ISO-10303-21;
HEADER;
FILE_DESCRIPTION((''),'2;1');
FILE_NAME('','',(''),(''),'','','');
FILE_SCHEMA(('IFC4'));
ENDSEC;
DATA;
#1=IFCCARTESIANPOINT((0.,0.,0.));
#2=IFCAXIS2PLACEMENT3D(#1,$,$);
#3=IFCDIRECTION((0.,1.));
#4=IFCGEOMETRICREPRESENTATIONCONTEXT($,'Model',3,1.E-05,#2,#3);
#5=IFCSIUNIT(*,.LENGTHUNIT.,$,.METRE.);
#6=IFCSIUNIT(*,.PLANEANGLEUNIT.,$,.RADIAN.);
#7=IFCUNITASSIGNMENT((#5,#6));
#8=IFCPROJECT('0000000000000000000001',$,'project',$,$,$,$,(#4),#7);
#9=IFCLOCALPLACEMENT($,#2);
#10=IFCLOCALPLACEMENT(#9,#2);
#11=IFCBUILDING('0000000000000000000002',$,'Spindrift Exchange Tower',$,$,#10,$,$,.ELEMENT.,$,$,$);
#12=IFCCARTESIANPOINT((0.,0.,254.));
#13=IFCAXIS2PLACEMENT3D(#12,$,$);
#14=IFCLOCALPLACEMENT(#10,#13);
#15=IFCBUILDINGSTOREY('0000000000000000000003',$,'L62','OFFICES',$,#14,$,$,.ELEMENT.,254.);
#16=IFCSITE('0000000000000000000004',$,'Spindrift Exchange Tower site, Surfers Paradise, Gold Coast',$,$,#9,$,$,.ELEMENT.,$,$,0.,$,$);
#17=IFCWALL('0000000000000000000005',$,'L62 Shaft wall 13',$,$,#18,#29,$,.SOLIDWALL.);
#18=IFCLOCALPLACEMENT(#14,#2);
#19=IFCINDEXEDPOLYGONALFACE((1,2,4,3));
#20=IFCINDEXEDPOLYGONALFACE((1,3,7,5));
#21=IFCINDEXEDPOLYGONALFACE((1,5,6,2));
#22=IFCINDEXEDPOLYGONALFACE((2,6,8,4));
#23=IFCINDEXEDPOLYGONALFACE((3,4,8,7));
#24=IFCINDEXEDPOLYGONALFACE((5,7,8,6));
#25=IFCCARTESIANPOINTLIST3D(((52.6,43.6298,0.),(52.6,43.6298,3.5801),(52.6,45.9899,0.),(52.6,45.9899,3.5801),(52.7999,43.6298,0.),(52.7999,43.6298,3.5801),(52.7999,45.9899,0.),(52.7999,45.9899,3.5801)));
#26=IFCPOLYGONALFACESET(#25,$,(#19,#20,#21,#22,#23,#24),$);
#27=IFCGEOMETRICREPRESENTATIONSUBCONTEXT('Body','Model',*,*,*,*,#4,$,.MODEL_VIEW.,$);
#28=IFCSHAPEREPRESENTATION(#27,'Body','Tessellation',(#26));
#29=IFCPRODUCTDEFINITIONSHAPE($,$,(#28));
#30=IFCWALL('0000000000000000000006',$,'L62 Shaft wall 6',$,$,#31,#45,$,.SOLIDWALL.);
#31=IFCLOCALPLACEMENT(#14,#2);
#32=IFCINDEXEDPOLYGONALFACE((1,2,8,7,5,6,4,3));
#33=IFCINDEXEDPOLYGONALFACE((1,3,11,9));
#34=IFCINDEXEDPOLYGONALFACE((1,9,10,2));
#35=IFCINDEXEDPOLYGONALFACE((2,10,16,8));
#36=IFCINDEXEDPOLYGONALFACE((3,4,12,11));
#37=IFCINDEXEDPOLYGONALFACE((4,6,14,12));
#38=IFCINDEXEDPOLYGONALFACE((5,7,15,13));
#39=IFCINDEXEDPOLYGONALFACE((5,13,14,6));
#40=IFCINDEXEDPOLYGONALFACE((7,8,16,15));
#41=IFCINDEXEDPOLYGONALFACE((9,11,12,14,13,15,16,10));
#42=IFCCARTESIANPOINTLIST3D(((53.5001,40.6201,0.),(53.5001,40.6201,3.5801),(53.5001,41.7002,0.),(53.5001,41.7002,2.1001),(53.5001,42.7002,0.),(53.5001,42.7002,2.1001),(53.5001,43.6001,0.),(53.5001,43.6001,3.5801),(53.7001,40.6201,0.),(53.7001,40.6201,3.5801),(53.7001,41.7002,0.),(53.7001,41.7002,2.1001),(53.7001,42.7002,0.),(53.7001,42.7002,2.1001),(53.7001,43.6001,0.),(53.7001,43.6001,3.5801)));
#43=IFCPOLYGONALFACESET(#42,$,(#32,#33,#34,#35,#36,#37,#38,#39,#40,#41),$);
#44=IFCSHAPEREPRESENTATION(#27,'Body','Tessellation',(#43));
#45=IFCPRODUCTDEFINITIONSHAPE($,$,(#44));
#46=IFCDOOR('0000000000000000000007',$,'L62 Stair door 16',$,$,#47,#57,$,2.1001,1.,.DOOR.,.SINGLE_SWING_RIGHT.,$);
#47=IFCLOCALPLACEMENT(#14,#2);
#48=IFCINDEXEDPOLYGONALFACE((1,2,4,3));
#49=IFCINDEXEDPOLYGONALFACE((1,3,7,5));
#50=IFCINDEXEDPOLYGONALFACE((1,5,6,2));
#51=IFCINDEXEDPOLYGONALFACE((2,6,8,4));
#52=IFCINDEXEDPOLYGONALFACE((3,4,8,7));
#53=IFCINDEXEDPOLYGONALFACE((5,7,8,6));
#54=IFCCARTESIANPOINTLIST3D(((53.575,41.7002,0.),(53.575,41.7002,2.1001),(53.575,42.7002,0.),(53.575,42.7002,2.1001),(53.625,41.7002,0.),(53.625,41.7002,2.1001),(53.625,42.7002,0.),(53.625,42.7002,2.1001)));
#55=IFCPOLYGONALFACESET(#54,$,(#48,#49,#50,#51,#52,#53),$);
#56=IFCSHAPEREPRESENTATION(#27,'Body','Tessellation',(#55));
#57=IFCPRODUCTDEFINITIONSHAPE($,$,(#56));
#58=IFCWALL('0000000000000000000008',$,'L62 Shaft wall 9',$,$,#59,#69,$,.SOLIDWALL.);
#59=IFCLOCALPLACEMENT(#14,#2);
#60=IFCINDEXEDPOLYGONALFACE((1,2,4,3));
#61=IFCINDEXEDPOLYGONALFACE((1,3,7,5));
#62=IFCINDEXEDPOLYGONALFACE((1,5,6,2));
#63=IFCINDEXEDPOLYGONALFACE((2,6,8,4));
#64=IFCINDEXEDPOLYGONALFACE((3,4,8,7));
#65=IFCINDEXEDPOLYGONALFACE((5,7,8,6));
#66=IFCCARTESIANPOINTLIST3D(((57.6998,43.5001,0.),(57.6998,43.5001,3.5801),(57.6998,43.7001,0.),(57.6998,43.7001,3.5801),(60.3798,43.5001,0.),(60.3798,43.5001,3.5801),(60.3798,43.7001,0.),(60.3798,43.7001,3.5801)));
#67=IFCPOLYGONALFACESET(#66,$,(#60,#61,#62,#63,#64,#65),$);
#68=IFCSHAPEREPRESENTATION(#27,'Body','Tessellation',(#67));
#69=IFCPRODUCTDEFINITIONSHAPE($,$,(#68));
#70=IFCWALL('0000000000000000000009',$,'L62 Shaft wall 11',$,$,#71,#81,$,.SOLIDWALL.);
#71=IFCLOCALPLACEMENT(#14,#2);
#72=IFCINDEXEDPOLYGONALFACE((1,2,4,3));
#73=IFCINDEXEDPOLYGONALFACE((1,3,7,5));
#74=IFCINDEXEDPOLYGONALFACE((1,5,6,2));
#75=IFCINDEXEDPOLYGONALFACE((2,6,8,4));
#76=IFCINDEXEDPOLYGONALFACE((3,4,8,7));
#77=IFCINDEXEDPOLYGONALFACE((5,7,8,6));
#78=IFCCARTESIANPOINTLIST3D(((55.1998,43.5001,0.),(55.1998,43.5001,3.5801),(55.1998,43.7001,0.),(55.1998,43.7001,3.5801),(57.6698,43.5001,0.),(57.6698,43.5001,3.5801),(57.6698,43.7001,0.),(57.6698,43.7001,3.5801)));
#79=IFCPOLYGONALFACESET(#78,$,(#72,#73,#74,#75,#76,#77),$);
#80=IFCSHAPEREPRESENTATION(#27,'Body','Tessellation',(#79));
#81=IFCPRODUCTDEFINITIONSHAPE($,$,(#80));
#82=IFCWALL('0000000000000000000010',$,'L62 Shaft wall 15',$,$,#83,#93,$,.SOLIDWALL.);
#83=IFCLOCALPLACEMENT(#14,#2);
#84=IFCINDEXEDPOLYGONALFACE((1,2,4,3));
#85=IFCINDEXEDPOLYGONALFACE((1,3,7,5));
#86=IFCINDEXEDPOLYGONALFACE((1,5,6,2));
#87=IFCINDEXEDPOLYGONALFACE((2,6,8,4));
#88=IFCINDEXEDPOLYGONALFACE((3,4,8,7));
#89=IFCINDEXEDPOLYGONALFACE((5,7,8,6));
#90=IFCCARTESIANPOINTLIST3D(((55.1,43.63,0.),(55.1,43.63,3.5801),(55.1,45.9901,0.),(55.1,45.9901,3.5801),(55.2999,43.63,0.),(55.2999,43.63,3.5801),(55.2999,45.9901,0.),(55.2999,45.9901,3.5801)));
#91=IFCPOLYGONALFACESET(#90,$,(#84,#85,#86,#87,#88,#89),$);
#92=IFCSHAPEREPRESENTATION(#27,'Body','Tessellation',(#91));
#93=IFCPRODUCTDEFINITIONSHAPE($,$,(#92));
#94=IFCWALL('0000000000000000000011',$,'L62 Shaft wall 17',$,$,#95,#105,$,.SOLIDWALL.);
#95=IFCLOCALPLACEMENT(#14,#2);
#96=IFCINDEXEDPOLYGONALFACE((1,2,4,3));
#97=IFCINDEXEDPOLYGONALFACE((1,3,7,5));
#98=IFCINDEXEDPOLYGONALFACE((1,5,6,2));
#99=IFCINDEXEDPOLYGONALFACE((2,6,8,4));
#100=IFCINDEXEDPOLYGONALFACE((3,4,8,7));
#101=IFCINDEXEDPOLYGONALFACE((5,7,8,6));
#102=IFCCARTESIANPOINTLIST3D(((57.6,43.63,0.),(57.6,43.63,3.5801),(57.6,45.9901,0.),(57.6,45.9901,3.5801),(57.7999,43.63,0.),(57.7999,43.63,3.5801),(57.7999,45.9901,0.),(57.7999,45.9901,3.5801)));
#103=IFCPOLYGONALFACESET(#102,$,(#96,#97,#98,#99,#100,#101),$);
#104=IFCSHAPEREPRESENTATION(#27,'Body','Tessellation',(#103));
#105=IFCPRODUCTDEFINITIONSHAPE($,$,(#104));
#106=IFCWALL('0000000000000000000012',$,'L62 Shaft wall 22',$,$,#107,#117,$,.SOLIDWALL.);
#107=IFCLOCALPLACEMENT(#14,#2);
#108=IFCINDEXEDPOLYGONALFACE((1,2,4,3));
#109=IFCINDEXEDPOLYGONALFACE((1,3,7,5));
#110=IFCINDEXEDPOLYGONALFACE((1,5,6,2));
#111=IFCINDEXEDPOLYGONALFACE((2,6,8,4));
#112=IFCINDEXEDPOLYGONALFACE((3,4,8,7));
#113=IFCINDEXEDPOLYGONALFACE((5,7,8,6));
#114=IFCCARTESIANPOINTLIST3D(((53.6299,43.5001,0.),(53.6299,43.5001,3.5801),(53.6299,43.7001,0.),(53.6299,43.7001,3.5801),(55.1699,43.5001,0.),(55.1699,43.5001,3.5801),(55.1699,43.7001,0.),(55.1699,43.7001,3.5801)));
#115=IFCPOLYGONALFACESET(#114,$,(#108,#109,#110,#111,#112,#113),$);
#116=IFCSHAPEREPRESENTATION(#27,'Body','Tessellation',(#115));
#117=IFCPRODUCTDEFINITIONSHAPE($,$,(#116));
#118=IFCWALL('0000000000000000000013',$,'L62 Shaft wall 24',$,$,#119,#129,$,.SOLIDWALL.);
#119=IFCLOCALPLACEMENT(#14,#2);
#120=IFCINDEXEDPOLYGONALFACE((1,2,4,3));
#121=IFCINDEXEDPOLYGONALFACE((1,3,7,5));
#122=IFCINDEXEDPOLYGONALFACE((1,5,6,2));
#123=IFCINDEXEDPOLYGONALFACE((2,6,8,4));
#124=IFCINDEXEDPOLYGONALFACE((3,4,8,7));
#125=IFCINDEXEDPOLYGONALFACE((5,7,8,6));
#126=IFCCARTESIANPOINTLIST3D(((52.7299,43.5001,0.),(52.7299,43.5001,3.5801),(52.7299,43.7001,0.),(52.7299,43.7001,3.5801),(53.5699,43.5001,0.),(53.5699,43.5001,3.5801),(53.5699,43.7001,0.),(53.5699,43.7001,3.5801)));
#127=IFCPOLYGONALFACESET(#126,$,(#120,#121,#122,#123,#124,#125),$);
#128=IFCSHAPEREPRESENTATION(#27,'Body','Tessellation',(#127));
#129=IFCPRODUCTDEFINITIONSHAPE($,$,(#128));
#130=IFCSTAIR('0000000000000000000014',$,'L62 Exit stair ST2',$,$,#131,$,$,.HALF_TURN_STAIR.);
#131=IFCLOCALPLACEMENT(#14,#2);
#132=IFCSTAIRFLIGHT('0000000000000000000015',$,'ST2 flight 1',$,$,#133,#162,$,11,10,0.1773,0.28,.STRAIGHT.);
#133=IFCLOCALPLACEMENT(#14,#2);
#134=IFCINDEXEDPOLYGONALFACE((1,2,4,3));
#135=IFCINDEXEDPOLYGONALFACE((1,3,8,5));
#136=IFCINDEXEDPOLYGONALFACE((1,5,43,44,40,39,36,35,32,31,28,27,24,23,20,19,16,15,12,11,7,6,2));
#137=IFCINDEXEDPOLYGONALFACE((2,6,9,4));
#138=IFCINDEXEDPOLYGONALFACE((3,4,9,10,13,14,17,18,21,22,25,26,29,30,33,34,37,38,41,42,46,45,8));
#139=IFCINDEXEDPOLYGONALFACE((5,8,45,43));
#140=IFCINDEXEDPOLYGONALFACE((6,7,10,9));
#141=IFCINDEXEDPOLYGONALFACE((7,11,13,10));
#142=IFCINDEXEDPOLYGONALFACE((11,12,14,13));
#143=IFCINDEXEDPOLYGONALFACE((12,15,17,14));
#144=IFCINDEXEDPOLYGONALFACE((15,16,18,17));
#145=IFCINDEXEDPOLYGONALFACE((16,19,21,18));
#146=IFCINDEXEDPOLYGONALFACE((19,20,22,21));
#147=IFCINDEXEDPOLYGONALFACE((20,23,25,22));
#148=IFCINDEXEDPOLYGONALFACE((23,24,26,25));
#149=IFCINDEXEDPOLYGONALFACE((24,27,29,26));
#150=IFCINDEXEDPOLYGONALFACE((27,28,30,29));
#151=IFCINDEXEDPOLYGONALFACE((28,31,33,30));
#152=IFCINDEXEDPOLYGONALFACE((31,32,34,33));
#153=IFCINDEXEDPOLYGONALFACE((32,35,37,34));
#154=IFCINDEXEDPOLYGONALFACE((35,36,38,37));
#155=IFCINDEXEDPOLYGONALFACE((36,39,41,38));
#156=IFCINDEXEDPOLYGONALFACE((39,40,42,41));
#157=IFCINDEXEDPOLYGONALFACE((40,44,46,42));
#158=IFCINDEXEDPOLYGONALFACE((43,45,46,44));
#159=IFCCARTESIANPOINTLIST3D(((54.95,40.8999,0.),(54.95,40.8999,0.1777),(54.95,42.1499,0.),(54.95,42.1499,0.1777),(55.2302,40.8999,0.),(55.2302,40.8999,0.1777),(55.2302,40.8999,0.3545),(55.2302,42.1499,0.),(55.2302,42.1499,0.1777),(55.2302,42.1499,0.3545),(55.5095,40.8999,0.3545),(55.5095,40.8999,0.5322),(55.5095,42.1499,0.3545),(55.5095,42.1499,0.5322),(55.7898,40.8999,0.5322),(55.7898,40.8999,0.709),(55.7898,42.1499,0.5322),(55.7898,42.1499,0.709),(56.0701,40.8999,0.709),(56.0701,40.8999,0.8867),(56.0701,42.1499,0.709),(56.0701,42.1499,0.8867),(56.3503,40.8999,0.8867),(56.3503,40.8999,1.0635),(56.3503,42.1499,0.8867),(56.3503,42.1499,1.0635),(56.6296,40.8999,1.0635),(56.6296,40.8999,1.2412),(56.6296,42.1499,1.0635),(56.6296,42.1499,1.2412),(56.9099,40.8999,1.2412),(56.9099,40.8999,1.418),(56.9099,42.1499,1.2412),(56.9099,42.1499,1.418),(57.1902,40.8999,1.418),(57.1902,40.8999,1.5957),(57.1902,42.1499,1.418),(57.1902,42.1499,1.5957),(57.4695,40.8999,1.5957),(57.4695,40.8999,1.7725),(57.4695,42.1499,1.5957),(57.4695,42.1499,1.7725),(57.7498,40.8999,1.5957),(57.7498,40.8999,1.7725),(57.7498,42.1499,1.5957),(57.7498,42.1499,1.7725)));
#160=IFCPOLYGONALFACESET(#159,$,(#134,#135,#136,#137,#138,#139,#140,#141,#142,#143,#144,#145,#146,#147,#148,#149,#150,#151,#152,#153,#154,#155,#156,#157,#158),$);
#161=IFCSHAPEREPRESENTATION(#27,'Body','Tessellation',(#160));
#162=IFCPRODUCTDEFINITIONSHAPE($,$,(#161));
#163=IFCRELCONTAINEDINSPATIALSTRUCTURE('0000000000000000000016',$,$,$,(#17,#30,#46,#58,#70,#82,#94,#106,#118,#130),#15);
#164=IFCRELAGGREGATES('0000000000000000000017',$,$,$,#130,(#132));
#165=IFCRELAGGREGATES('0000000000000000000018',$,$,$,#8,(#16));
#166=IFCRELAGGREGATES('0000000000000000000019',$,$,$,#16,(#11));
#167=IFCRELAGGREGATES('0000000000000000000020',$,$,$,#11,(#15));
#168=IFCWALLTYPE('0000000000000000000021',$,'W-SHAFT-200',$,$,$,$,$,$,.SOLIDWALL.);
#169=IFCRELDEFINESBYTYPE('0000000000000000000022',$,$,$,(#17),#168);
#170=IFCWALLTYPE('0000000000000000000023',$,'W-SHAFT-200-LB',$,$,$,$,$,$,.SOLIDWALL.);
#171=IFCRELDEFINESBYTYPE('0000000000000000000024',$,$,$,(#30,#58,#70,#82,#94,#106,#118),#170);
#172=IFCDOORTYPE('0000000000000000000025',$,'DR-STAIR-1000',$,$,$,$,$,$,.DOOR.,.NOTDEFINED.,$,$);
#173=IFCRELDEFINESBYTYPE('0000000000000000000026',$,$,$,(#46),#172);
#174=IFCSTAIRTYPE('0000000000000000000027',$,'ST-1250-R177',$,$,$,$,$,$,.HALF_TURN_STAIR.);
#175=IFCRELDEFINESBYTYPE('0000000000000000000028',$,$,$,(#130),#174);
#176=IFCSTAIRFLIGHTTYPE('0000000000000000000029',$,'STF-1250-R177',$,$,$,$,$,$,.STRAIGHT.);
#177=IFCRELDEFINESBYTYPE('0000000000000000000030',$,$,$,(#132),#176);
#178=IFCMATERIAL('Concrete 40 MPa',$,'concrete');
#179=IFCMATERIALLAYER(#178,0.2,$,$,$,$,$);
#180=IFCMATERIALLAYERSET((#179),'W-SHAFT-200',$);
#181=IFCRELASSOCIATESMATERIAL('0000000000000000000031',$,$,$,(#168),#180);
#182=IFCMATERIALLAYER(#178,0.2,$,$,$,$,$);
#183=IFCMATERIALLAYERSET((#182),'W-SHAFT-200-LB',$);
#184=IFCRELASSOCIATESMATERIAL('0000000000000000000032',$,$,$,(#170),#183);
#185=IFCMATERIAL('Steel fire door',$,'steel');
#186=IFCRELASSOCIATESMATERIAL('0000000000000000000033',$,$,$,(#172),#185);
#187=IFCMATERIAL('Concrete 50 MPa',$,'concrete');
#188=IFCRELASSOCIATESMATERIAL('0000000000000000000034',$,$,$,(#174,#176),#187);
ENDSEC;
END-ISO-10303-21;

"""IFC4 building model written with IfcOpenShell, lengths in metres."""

from ifc_helpers import new_model, si_unit, direction, frame, frame_2d, origin, place, context, subcontext, project, spatial, line, indexed_curve, rectangle, outline, extrude, source, transform, mapped, material, layer, layer_set, type_object, element, fill, aggregate, save


model = new_model("IFC4")

# Units and contexts
model_context = context("Model", 3, precision=1e-05, world=origin(), true_north=direction((0.0, 1.0)))
body_context = subcontext(model_context, "Body", "Model", "MODEL_VIEW")
ifc_project = project(units=[si_unit("LENGTHUNIT", "METRE"), si_unit("PLANEANGLEUNIT", "RADIAN")], contexts=[model_context])

# Site, building, storey
site_placement = place(None, origin())
site = spatial("IfcSite", under=ifc_project, at=site_placement, Name="Spindrift Exchange Tower site, Surfers Paradise, Gold Coast", CompositionType="ELEMENT", RefElevation=0.0)
building_placement = place(site_placement, origin())
building = spatial("IfcBuilding", under=site, at=building_placement, Name="Spindrift Exchange Tower", CompositionType="ELEMENT")
storey_placement = place(building_placement, frame((0.0, 0.0, 254.0)))
storey = spatial("IfcBuildingStorey", under=building, at=storey_placement, Name="L62", Description="OFFICES", CompositionType="ELEMENT", Elevation=254.0)

# Shared definitions
ifc_material_1 = material(Name="Concrete 50 MPa", Category="concrete")

# Wall
ifc_material_2 = material(Name="Concrete 40 MPa", Category="concrete")
ifc_layer_1 = layer(ifc_material_2, 0.2)
ifc_layer_set_1 = layer_set([ifc_layer_1], Name="W-SHAFT-200")
wall_type_1 = type_object("IfcWallType", Name="W-SHAFT-200", PredefinedType="SOLIDWALL", material=ifc_layer_set_1)
wall_1_placement = place(storey_placement, frame((52.7, 45.99, 0.0), z_axis=(0.0, 0.0, 1.0), x_axis=(0.0, -1.0, 0.0)))
element("IfcWall", 1, at=wall_1_placement, inside=storey, type_object=wall_type_1, Name="L62 Shaft wall 13", PredefinedType="SOLIDWALL", context=body_context, shape_type="SweptSolid", body=[
    extrude(rectangle(XDim=2.3601, YDim=0.2, at=frame_2d((1.1802, 0.0))), origin(), (0.0, 0.0, 1.0), 3.5801),
])

# Wall, opening, door
ifc_layer_2 = layer(ifc_material_2, 0.2)
ifc_layer_set_2 = layer_set([ifc_layer_2], Name="W-SHAFT-200-LB")
wall_type_2 = type_object("IfcWallType", Name="W-SHAFT-200-LB", PredefinedType="SOLIDWALL", material=ifc_layer_set_2)
wall_2_placement = place(storey_placement, frame((53.6001, 43.6001, 0.0), z_axis=(0.0, 0.0, 1.0), x_axis=(0.0, -1.0, 0.0)))
wall_2 = element("IfcWall", 2, at=wall_2_placement, inside=storey, type_object=wall_type_2, Name="L62 Shaft wall 6", PredefinedType="SOLIDWALL", context=body_context, shape_type="SweptSolid", body=[
    extrude(rectangle(XDim=2.98, YDim=0.2, at=frame_2d((1.49, 0.0))), origin(), (0.0, 0.0, 1.0), 3.5801),
])
opening_1_placement = place(wall_2_placement, frame((0.8999, 0.0, 0.0)))
opening_1 = element("IfcOpeningElement", 3, at=opening_1_placement, cuts=wall_2, PredefinedType="OPENING", context=body_context, shape_type="SweptSolid", body=[
    extrude(rectangle(XDim=1.0, YDim=2.1001, at=frame_2d((0.5, 1.05))), frame((0.0, 0.1099, 0.0), z_axis=(0.0, -1.0, 0.0), x_axis=(1.0, 0.0, 0.0)), (0.0, 0.0, 1.0), 0.22),
])
ifc_material_3 = material(Name="Steel fire door", Category="steel")
door_type_1 = type_object("IfcDoorType", Name="DR-STAIR-1000", OperationType="NOTDEFINED", PredefinedType="DOOR", material=ifc_material_3)
shared_shape_1 = source(origin(), body_context, "Body", "SweptSolid", [
    extrude(rectangle(XDim=1.0, YDim=2.1001, at=frame_2d((0.5, 1.05))), frame((0.0, 0.0249, 0.0), z_axis=(0.0, -1.0, 0.0), x_axis=(1.0, 0.0, 0.0)), (0.0, 0.0, 1.0), 0.05),
])
door_1_placement = place(opening_1_placement, origin())
door_1 = element("IfcDoor", 4, at=door_1_placement, inside=storey, type_object=door_type_1, Name="L62 Stair door 16", OperationType="SINGLE_SWING_RIGHT", OverallHeight=2.1001, OverallWidth=1.0, PredefinedType="DOOR", context=body_context, shape_type="MappedRepresentation", body=[
    mapped(shared_shape_1, transform((0.0, 0.0, 0.0), scale=1.0)),
])
fill(opening_1, door_1)

# Walls
wall_3_placement = place(storey_placement, frame((57.7, 43.6001, 0.0), z_axis=(0.0, 0.0, 1.0), x_axis=(1.0, 0.0, 0.0)))
element("IfcWall", 5, at=wall_3_placement, inside=storey, type_object=wall_type_2, Name="L62 Shaft wall 9", PredefinedType="SOLIDWALL", context=body_context, shape_type="SweptSolid", body=[
    extrude(rectangle(XDim=2.6799, YDim=0.2, at=frame_2d((1.3398, 0.0))), origin(), (0.0, 0.0, 1.0), 3.5801),
])
wall_4_placement = place(storey_placement, frame((55.2, 43.6001, 0.0), z_axis=(0.0, 0.0, 1.0), x_axis=(1.0, 0.0, 0.0)))
element("IfcWall", 6, at=wall_4_placement, inside=storey, type_object=wall_type_2, Name="L62 Shaft wall 11", PredefinedType="SOLIDWALL", context=body_context, shape_type="SweptSolid", body=[
    extrude(rectangle(XDim=2.47, YDim=0.2, at=frame_2d((1.2349, 0.0))), origin(), (0.0, 0.0, 1.0), 3.5801),
])
for number, where, z_axis, x_axis, name in (
    (7, (55.2, 43.6299, 0.0), (0.0, 0.0, 1.0), (0.0, 1.0, 0.0), "L62 Shaft wall 15"),
    (8, (57.7, 43.6299, 0.0), (0.0, 0.0, 1.0), (0.0, 1.0, 0.0), "L62 Shaft wall 17"),
):
    element("IfcWall", number, at=place(storey_placement, frame(where, z_axis=z_axis, x_axis=x_axis)), inside=storey, type_object=wall_type_2, Name=name, PredefinedType="SOLIDWALL", context=body_context, shape_type="SweptSolid", body=[
        extrude(rectangle(XDim=2.3601, YDim=0.2, at=frame_2d((1.1802, 0.0))), origin(), (0.0, 0.0, 1.0), 3.5801),
    ])
wall_5_placement = place(storey_placement, frame((53.6299, 43.6001, 0.0), z_axis=(0.0, 0.0, 1.0), x_axis=(1.0, 0.0, 0.0)))
element("IfcWall", 9, at=wall_5_placement, inside=storey, type_object=wall_type_2, Name="L62 Shaft wall 22", PredefinedType="SOLIDWALL", context=body_context, shape_type="SweptSolid", body=[
    extrude(rectangle(XDim=1.54, YDim=0.2, at=frame_2d((0.77, 0.0))), origin(), (0.0, 0.0, 1.0), 3.5801),
])
wall_6_placement = place(storey_placement, frame((52.73, 43.6001, 0.0), z_axis=(0.0, 0.0, 1.0), x_axis=(1.0, 0.0, 0.0)))
element("IfcWall", 10, at=wall_6_placement, inside=storey, type_object=wall_type_2, Name="L62 Shaft wall 24", PredefinedType="SOLIDWALL", context=body_context, shape_type="SweptSolid", body=[
    extrude(rectangle(XDim=0.8401, YDim=0.2, at=frame_2d((0.4199, 0.0))), origin(), (0.0, 0.0, 1.0), 3.5801),
])

# Stair, stair flight
stair_type = type_object("IfcStairType", Name="ST-1250-R177", PredefinedType="HALF_TURN_STAIR", material=ifc_material_1)
stair_placement = place(storey_placement, origin())
stair = element("IfcStair", 11, at=stair_placement, inside=storey, type_object=stair_type, Name="L62 Exit stair ST2", PredefinedType="HALF_TURN_STAIR")
stair_flight_type = type_object("IfcStairFlightType", Name="STF-1250-R177", PredefinedType="STRAIGHT", material=ifc_material_1)
stair_flight_1_placement = place(storey_placement, frame((54.95, 41.5249, 0.0), z_axis=(0.0, 0.0, 1.0), x_axis=(1.0, 0.0, 0.0)))
stair_flight_1 = element("IfcStairFlight", 12, at=stair_flight_1_placement, type_object=stair_flight_type, Name="ST2 flight 1", NumberOfRisers=11, NumberOfTreads=10, PredefinedType="STRAIGHT", RiserHeight=0.1773, TreadLength=0.28, context=body_context, shape_type="SweptSolid", body=[
    extrude(outline(indexed_curve([(0.0, 0.0), (0.0, 0.1777), (0.2803, 0.1777), (0.2803, 0.3545), (0.5596, 0.3545), (0.5596, 0.5322), (0.8398, 0.5322), (0.8398, 0.709), (1.1201, 0.709), (1.1201, 0.8867), (1.4004, 0.8867), (1.4004, 1.0635), (1.6797, 1.0635), (1.6797, 1.2412), (1.96, 1.2412), (1.96, 1.418), (2.2402, 1.418), (2.2402, 1.5957), (2.5195, 1.5957), (2.5195, 1.7725), (2.7998, 1.7725), (2.7998, 1.9502), (2.7998, 1.5957), (0.2803, 0.0)], segments=[line(1, 2, 3, 4, 5, 6, 7, 8, 9, 10, 11, 12, 13, 14, 15, 16, 17, 18, 19, 20, 21, 22, 23, 24, 1)], self_intersect=False)), frame((0.0, 0.625, 0.0), z_axis=(0.0, -1.0, 0.0), x_axis=(1.0, 0.0, 0.0)), (0.0, 0.0, 1.0), 1.25),
])
aggregate(stair, [stair_flight_1])

save(model, "model.ifc")
